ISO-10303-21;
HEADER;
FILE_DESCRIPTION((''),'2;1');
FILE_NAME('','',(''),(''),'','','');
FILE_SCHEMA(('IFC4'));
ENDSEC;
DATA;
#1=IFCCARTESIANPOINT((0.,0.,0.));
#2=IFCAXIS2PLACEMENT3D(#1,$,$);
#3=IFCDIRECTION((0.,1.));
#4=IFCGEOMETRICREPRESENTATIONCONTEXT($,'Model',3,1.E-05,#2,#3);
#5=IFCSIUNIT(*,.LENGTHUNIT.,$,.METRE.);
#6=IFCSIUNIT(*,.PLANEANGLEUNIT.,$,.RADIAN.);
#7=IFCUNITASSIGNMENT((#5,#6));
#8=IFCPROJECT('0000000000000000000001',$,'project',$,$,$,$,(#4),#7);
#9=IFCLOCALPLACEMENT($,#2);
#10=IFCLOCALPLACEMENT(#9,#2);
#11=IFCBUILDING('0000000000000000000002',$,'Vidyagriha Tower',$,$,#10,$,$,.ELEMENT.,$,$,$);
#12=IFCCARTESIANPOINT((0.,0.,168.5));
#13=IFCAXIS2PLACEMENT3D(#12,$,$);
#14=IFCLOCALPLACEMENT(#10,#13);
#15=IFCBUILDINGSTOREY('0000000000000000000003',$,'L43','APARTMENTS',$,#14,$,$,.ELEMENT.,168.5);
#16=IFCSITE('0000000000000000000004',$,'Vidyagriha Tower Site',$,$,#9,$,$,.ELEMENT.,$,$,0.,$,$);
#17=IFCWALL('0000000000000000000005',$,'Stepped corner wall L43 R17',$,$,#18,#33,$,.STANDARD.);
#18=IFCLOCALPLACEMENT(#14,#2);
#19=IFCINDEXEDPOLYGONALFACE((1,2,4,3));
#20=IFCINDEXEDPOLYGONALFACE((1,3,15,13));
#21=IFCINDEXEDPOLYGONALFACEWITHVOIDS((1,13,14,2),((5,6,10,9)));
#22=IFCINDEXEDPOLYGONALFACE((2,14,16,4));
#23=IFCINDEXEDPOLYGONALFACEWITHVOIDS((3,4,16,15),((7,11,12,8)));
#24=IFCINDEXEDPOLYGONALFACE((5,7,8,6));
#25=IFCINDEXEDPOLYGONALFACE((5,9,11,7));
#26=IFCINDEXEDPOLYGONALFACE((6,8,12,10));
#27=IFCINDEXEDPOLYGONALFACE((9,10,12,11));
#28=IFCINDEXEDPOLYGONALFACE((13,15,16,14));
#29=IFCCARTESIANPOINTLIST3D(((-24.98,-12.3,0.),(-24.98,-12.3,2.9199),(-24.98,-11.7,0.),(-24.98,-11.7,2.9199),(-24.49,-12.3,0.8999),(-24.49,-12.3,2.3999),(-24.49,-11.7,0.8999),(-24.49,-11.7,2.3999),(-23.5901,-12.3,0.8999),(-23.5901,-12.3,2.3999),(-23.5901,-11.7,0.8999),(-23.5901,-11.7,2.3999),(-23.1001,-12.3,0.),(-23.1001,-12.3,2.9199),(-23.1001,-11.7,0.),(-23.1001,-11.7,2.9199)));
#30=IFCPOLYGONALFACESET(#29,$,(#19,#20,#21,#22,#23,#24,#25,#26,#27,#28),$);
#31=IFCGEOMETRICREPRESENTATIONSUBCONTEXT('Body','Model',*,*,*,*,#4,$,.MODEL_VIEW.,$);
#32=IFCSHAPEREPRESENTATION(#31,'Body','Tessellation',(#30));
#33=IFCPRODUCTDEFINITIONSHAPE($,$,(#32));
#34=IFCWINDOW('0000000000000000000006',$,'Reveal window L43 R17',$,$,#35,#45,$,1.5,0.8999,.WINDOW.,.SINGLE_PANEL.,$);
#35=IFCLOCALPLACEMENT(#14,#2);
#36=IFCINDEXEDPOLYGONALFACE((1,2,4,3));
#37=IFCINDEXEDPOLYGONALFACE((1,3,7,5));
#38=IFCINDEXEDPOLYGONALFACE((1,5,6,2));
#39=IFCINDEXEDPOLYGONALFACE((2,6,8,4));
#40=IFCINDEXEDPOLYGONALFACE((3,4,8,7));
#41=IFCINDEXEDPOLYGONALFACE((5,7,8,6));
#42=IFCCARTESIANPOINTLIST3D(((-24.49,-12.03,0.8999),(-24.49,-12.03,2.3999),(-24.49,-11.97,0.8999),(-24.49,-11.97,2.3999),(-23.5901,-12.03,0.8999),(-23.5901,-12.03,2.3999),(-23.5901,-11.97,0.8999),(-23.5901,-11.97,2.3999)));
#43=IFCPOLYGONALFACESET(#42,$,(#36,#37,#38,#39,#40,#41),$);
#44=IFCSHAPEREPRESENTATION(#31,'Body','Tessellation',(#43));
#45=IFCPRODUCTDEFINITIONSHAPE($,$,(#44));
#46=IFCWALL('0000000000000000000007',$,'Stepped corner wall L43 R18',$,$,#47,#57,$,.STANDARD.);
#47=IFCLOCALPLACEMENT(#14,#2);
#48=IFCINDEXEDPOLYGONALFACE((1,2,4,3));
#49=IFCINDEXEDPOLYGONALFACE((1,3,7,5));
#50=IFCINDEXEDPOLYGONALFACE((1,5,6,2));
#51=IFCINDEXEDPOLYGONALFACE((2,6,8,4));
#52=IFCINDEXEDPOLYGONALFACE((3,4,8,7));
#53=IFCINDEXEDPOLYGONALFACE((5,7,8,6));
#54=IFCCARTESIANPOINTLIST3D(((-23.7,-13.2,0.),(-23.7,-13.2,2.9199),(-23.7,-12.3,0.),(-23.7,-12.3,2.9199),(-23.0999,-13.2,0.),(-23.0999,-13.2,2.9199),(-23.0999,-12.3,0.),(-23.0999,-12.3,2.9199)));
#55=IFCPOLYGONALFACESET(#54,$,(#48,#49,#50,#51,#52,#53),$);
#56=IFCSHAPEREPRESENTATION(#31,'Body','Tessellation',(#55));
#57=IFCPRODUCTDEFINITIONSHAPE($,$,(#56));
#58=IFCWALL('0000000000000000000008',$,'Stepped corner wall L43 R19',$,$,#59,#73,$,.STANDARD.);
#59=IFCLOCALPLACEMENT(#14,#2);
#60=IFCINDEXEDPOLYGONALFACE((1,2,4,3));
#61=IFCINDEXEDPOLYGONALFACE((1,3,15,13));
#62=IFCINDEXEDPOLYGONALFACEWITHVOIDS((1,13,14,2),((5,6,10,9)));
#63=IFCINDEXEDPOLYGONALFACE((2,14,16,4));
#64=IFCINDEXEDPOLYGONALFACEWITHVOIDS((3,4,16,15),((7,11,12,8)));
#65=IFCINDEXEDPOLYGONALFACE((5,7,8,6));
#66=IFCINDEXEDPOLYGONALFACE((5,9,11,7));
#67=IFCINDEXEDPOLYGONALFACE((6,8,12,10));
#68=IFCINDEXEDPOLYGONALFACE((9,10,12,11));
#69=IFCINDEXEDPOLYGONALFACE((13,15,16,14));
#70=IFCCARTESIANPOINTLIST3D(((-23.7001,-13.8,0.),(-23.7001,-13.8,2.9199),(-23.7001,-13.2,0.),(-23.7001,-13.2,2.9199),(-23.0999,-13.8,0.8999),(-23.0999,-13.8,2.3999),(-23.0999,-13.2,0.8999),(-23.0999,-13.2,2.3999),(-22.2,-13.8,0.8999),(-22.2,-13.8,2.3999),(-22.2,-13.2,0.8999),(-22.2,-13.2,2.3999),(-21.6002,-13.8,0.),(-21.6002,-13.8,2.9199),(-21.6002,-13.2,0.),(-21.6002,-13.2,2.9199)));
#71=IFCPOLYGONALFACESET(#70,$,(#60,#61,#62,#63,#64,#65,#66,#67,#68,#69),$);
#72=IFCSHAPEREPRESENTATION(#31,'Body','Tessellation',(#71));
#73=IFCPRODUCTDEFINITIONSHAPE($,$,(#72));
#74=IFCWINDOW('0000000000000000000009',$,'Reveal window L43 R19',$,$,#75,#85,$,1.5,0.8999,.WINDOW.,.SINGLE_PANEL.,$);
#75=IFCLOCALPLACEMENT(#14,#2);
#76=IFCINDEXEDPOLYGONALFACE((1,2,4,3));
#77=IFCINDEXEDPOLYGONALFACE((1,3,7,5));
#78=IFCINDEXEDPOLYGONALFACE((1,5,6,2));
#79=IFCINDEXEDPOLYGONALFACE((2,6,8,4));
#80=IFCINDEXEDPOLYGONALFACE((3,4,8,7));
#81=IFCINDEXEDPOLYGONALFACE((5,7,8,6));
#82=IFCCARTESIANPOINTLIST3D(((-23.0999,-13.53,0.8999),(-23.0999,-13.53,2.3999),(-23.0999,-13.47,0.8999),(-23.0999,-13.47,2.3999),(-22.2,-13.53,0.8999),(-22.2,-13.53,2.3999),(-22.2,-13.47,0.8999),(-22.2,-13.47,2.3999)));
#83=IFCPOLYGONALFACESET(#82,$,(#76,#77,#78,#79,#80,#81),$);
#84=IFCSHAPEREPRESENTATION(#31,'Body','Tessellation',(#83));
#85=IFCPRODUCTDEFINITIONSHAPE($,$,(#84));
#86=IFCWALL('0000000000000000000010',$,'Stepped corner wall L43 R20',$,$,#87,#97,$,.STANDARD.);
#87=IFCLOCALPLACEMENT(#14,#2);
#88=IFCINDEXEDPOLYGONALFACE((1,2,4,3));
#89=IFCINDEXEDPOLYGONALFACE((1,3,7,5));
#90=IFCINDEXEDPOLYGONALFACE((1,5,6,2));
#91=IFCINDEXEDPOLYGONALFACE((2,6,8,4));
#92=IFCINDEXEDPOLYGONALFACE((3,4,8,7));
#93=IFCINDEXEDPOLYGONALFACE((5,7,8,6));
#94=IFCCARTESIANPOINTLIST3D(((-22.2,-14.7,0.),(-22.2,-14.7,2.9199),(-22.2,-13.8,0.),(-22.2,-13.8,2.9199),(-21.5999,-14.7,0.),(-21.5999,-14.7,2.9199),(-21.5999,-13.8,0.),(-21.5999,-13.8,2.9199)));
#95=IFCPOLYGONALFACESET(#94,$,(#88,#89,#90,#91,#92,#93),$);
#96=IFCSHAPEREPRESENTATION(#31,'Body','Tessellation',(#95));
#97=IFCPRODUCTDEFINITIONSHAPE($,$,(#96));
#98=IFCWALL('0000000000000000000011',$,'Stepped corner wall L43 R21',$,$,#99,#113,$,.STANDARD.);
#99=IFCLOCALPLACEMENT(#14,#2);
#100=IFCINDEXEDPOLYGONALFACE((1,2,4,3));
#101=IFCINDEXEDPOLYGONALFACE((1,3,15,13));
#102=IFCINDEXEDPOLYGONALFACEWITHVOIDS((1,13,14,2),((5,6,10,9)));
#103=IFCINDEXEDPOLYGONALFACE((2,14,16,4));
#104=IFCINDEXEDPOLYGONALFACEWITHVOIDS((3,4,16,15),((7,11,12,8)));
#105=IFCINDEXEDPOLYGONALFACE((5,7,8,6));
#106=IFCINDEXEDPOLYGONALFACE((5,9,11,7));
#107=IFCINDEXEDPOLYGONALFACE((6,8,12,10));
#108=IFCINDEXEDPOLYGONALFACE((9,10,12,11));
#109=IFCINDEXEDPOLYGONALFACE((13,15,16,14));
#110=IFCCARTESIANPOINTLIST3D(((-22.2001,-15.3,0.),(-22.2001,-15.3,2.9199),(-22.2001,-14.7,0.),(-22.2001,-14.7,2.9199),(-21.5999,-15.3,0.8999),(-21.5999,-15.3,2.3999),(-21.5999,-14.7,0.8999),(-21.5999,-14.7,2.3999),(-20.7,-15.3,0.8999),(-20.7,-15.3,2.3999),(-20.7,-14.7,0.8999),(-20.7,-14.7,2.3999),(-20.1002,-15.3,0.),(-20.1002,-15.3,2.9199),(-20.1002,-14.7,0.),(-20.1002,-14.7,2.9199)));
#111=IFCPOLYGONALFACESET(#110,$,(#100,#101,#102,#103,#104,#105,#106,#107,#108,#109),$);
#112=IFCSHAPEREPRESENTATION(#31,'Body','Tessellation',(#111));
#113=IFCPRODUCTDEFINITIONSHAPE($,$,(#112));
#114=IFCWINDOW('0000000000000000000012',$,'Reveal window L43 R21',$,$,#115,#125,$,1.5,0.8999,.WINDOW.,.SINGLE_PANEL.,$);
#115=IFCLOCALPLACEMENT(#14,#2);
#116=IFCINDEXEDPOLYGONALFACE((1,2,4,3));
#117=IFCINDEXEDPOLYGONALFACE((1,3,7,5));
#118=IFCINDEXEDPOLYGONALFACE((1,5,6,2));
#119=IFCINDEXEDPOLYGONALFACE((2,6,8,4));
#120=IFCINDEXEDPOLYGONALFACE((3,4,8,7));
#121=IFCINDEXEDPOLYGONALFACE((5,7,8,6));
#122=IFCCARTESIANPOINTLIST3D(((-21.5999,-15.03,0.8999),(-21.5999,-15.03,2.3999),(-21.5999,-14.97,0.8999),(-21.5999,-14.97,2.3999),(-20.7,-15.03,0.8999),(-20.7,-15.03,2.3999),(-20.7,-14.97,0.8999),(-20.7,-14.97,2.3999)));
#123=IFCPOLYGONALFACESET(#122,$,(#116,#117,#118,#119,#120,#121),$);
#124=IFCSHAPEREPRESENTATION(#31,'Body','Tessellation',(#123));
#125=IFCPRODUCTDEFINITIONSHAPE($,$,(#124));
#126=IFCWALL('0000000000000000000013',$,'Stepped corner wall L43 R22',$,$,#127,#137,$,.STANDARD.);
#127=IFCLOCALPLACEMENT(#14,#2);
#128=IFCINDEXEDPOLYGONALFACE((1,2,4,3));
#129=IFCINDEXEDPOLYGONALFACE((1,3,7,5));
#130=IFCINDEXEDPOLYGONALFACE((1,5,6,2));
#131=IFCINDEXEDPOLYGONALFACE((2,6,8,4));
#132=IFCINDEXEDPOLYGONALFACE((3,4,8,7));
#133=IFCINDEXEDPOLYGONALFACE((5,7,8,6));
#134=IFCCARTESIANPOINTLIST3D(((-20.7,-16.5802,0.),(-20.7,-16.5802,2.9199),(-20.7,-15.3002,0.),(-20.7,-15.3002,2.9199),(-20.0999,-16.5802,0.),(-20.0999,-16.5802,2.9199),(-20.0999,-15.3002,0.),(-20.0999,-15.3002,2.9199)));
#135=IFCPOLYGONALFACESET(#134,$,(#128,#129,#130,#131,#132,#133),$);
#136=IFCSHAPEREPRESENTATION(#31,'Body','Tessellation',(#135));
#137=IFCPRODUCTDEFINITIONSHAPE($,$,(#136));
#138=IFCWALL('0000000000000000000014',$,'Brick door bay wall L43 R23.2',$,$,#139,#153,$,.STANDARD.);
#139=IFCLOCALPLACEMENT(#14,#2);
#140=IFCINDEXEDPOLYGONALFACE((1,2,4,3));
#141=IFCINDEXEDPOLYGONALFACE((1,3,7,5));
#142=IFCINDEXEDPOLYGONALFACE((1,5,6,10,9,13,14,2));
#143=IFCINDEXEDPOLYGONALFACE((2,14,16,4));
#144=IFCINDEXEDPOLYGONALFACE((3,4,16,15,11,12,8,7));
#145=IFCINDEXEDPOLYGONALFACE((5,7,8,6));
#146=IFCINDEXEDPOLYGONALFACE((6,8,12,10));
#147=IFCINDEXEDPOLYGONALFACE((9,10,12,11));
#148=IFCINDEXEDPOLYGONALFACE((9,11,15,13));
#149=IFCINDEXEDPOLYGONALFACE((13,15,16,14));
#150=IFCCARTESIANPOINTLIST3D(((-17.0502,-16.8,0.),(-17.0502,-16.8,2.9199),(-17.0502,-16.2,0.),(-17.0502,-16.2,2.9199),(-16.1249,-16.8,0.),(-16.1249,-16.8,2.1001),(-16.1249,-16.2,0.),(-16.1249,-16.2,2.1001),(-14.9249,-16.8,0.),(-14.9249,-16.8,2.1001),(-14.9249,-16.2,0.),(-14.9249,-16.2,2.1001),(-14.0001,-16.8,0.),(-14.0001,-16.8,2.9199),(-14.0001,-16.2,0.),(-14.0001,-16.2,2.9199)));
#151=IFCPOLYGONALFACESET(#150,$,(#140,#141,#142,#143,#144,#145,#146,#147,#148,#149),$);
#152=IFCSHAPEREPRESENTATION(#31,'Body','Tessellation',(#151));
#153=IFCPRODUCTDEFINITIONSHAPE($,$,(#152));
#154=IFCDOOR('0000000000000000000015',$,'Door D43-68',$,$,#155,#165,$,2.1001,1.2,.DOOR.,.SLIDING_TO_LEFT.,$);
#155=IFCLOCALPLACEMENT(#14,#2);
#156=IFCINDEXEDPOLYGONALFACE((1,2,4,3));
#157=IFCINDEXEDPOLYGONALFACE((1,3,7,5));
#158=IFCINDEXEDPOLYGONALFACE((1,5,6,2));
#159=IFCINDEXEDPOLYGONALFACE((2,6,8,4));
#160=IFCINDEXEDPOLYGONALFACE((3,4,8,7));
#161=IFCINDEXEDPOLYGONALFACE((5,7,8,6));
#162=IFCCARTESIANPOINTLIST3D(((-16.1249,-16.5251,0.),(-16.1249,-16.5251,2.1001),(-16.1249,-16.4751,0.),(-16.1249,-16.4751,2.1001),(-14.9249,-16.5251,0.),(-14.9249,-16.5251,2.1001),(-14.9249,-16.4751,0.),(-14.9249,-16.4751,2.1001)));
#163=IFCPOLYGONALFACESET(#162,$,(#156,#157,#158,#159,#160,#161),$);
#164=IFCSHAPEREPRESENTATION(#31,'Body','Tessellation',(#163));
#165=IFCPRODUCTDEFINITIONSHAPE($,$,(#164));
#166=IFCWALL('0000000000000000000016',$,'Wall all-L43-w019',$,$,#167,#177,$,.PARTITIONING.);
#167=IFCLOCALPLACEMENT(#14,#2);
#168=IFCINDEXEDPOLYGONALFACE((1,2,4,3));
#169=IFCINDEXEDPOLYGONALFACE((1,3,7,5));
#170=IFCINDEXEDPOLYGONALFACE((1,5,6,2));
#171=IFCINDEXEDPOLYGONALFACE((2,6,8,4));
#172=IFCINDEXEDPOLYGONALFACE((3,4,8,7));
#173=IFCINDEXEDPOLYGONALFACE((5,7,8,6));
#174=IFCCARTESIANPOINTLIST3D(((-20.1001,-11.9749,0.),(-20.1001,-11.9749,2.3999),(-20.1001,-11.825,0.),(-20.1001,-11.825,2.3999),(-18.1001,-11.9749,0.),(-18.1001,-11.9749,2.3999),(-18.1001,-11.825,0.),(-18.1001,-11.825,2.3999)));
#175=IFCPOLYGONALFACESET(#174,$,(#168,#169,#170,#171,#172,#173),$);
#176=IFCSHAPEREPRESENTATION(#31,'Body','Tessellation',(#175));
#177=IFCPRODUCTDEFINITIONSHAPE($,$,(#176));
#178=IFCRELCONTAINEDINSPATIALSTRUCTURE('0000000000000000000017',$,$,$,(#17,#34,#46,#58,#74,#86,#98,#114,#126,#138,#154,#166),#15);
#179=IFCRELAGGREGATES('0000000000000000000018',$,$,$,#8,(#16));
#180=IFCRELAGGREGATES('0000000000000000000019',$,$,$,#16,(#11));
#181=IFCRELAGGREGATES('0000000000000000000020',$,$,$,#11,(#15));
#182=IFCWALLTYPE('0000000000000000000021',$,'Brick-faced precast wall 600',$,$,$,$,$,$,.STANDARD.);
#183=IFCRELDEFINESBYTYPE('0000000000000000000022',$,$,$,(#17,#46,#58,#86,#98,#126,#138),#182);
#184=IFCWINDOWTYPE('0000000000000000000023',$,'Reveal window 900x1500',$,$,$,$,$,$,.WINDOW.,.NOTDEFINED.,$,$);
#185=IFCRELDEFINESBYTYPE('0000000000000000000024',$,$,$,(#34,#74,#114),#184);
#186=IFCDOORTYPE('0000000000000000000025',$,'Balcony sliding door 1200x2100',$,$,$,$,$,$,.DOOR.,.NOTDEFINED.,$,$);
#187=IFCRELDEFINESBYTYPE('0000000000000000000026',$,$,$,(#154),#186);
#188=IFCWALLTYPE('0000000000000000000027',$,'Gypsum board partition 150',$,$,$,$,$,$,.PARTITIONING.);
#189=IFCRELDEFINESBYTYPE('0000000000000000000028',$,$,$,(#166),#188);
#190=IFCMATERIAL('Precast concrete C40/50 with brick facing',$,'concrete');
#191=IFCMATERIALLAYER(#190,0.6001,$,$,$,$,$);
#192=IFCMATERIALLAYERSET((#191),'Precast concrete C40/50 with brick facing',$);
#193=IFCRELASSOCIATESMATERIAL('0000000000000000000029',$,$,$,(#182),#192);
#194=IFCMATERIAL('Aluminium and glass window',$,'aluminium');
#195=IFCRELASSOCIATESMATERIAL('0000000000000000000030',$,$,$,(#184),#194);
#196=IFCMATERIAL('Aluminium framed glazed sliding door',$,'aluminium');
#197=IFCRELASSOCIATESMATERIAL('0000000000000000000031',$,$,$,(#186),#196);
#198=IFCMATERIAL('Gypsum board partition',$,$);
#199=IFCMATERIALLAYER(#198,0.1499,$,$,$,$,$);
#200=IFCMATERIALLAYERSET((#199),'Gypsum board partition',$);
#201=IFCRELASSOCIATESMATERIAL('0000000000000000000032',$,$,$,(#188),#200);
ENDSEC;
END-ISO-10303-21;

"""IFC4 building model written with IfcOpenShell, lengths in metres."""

from ifc_helpers import new_model, si_unit, direction, frame, frame_2d, origin, place, context, subcontext, project, spatial, rectangle, extrude, material, layer, layer_set, type_object, element, fill, save


model = new_model("IFC4")

# Units and contexts
model_context = context("Model", 3, precision=1e-05, world=origin(), true_north=direction((0.0, 1.0)))
body_context = subcontext(model_context, "Body", "Model", "MODEL_VIEW")
ifc_project = project(units=[si_unit("LENGTHUNIT", "METRE"), si_unit("PLANEANGLEUNIT", "RADIAN")], contexts=[model_context])

# Site, building, storey
site_placement = place(None, origin())
site = spatial("IfcSite", under=ifc_project, at=site_placement, Name="Vidyagriha Tower Site", CompositionType="ELEMENT", RefElevation=0.0)
building_placement = place(site_placement, origin())
building = spatial("IfcBuilding", under=site, at=building_placement, Name="Vidyagriha Tower", CompositionType="ELEMENT")
storey_placement = place(building_placement, frame((0.0, 0.0, 168.5)))
storey = spatial("IfcBuildingStorey", under=building, at=storey_placement, Name="L43", Description="APARTMENTS", CompositionType="ELEMENT", Elevation=168.5)

# Wall, opening, window
ifc_material_1 = material(Name="Precast concrete C40/50 with brick facing", Category="concrete")
ifc_layer_1 = layer(ifc_material_1, 0.6001)
ifc_layer_set_1 = layer_set([ifc_layer_1], Name="Precast concrete C40/50 with brick facing")
wall_type_1 = type_object("IfcWallType", Name="Brick-faced precast wall 600", PredefinedType="STANDARD", material=ifc_layer_set_1)
wall_1_placement = place(storey_placement, frame((-24.98, -12.0, 0.0)))
wall_1 = element("IfcWall", 1, at=wall_1_placement, inside=storey, type_object=wall_type_1, Name="Stepped corner wall L43 R17", PredefinedType="STANDARD", context=body_context, shape_type="SweptSolid", body=[
    extrude(rectangle(XDim=1.8799, YDim=0.6001, at=frame_2d((0.9399, 0.0))), origin(), (0.0, 0.0, 1.0), 2.9199),
])
opening_1_placement = place(wall_1_placement, frame((0.49, 0.0, 0.8999)))
opening_1 = element("IfcOpeningElement", 2, at=opening_1_placement, cuts=wall_1, PredefinedType="OPENING", context=body_context, shape_type="SweptSolid", body=[
    extrude(rectangle(XDim=0.8999, YDim=1.5, at=frame_2d((0.45, 0.75))), frame((0.0, 0.3101, 0.0), z_axis=(0.0, -1.0, 0.0), x_axis=(1.0, 0.0, 0.0)), (0.0, 0.0, 1.0), 0.6201),
])
ifc_material_2 = material(Name="Aluminium and glass window", Category="aluminium")
window_type = type_object("IfcWindowType", Name="Reveal window 900x1500", PartitioningType="NOTDEFINED", PredefinedType="WINDOW", material=ifc_material_2)
window_1_placement = place(opening_1_placement, origin())
window_1 = element("IfcWindow", 3, at=window_1_placement, inside=storey, type_object=window_type, Name="Reveal window L43 R17", OverallHeight=1.5, OverallWidth=0.8999, PartitioningType="SINGLE_PANEL", PredefinedType="WINDOW", context=body_context, shape_type="SweptSolid", body=[
    extrude(rectangle(XDim=0.8999, YDim=1.5, at=frame_2d((0.45, 0.75))), frame((0.0, 0.03, 0.0), z_axis=(0.0, -1.0, 0.0), x_axis=(1.0, 0.0, 0.0)), (0.0, 0.0, 1.0), 0.0601),
])
fill(opening_1, window_1)

# Wall
wall_2_placement = place(storey_placement, frame((-23.3999, -12.3, 0.0), z_axis=(0.0, 0.0, 1.0), x_axis=(0.0, -1.0, 0.0)))
element("IfcWall", 4, at=wall_2_placement, inside=storey, type_object=wall_type_1, Name="Stepped corner wall L43 R18", PredefinedType="STANDARD", context=body_context, shape_type="SweptSolid", body=[
    extrude(rectangle(XDim=0.8999, YDim=0.6001, at=frame_2d((0.45, 0.0))), origin(), (0.0, 0.0, 1.0), 2.9199),
])

# Wall, opening, window
wall_3_placement = place(storey_placement, frame((-23.7, -13.5, 0.0)))
wall_3 = element("IfcWall", 5, at=wall_3_placement, inside=storey, type_object=wall_type_1, Name="Stepped corner wall L43 R19", PredefinedType="STANDARD", context=body_context, shape_type="SweptSolid", body=[
    extrude(rectangle(XDim=2.0999, YDim=0.6001, at=frame_2d((1.0498, 0.0))), origin(), (0.0, 0.0, 1.0), 2.9199),
])
opening_2_placement = place(wall_3_placement, frame((0.6001, 0.0, 0.8999)))
opening_2 = element("IfcOpeningElement", 6, at=opening_2_placement, cuts=wall_3, PredefinedType="OPENING", context=body_context, shape_type="SweptSolid", body=[
    extrude(rectangle(XDim=0.8999, YDim=1.5, at=frame_2d((0.45, 0.75))), frame((0.0, 0.3101, 0.0), z_axis=(0.0, -1.0, 0.0), x_axis=(1.0, 0.0, 0.0)), (0.0, 0.0, 1.0), 0.6201),
])
window_2_placement = place(opening_2_placement, origin())
window_2 = element("IfcWindow", 7, at=window_2_placement, inside=storey, type_object=window_type, Name="Reveal window L43 R19", OverallHeight=1.5, OverallWidth=0.8999, PartitioningType="SINGLE_PANEL", PredefinedType="WINDOW", context=body_context, shape_type="SweptSolid", body=[
    extrude(rectangle(XDim=0.8999, YDim=1.5, at=frame_2d((0.45, 0.75))), frame((0.0, 0.03, 0.0), z_axis=(0.0, -1.0, 0.0), x_axis=(1.0, 0.0, 0.0)), (0.0, 0.0, 1.0), 0.0601),
])
fill(opening_2, window_2)

# Wall
wall_4_placement = place(storey_placement, frame((-21.8999, -13.8, 0.0), z_axis=(0.0, 0.0, 1.0), x_axis=(0.0, -1.0, 0.0)))
element("IfcWall", 8, at=wall_4_placement, inside=storey, type_object=wall_type_1, Name="Stepped corner wall L43 R20", PredefinedType="STANDARD", context=body_context, shape_type="SweptSolid", body=[
    extrude(rectangle(XDim=0.8999, YDim=0.6001, at=frame_2d((0.45, 0.0))), origin(), (0.0, 0.0, 1.0), 2.9199),
])

# Wall, opening, window
wall_5_placement = place(storey_placement, frame((-22.2, -15.0, 0.0)))
wall_5 = element("IfcWall", 9, at=wall_5_placement, inside=storey, type_object=wall_type_1, Name="Stepped corner wall L43 R21", PredefinedType="STANDARD", context=body_context, shape_type="SweptSolid", body=[
    extrude(rectangle(XDim=2.0999, YDim=0.6001, at=frame_2d((1.0498, 0.0))), origin(), (0.0, 0.0, 1.0), 2.9199),
])
opening_3_placement = place(wall_5_placement, frame((0.6001, 0.0, 0.8999)))
opening_3 = element("IfcOpeningElement", 10, at=opening_3_placement, cuts=wall_5, PredefinedType="OPENING", context=body_context, shape_type="SweptSolid", body=[
    extrude(rectangle(XDim=0.8999, YDim=1.5, at=frame_2d((0.45, 0.75))), frame((0.0, 0.3101, 0.0), z_axis=(0.0, -1.0, 0.0), x_axis=(1.0, 0.0, 0.0)), (0.0, 0.0, 1.0), 0.6201),
])
window_3_placement = place(opening_3_placement, origin())
window_3 = element("IfcWindow", 11, at=window_3_placement, inside=storey, type_object=window_type, Name="Reveal window L43 R21", OverallHeight=1.5, OverallWidth=0.8999, PartitioningType="SINGLE_PANEL", PredefinedType="WINDOW", context=body_context, shape_type="SweptSolid", body=[
    extrude(rectangle(XDim=0.8999, YDim=1.5, at=frame_2d((0.45, 0.75))), frame((0.0, 0.03, 0.0), z_axis=(0.0, -1.0, 0.0), x_axis=(1.0, 0.0, 0.0)), (0.0, 0.0, 1.0), 0.0601),
])
fill(opening_3, window_3)

# Wall
wall_6_placement = place(storey_placement, frame((-20.3999, -15.3, 0.0), z_axis=(0.0, 0.0, 1.0), x_axis=(0.0, -1.0, 0.0)))
element("IfcWall", 12, at=wall_6_placement, inside=storey, type_object=wall_type_1, Name="Stepped corner wall L43 R22", PredefinedType="STANDARD", context=body_context, shape_type="SweptSolid", body=[
    extrude(rectangle(XDim=1.28, YDim=0.6001, at=frame_2d((0.6401, 0.0))), origin(), (0.0, 0.0, 1.0), 2.9199),
])

# Wall, opening, door
wall_7_placement = place(storey_placement, frame((-17.05, -16.5, 0.0)))
wall_7 = element("IfcWall", 13, at=wall_7_placement, inside=storey, type_object=wall_type_1, Name="Brick door bay wall L43 R23.2", PredefinedType="STANDARD", context=body_context, shape_type="SweptSolid", body=[
    extrude(rectangle(XDim=3.05, YDim=0.6001, at=frame_2d((1.5249, 0.0))), origin(), (0.0, 0.0, 1.0), 2.9199),
])
opening_4_placement = place(wall_7_placement, frame((0.925, 0.0, 0.0)))
opening_4 = element("IfcOpeningElement", 14, at=opening_4_placement, cuts=wall_7, PredefinedType="OPENING", context=body_context, shape_type="SweptSolid", body=[
    extrude(rectangle(XDim=1.2, YDim=2.1001, at=frame_2d((0.6001, 1.05))), frame((0.0, 0.3101, 0.0), z_axis=(0.0, -1.0, 0.0), x_axis=(1.0, 0.0, 0.0)), (0.0, 0.0, 1.0), 0.6201),
])
ifc_material_3 = material(Name="Aluminium framed glazed sliding door", Category="aluminium")
door_type = type_object("IfcDoorType", Name="Balcony sliding door 1200x2100", OperationType="NOTDEFINED", PredefinedType="DOOR", material=ifc_material_3)
door_placement = place(opening_4_placement, origin())
door = element("IfcDoor", 15, at=door_placement, inside=storey, type_object=door_type, Name="Door D43-68", OperationType="SLIDING_TO_LEFT", OverallHeight=2.1001, OverallWidth=1.2, PredefinedType="DOOR", context=body_context, shape_type="SweptSolid", body=[
    extrude(rectangle(XDim=1.2, YDim=2.1001, at=frame_2d((0.6001, 1.05))), frame((0.0, 0.0249, 0.0), z_axis=(0.0, -1.0, 0.0), x_axis=(1.0, 0.0, 0.0)), (0.0, 0.0, 1.0), 0.05),
])
fill(opening_4, door)

# Wall
ifc_material_4 = material(Name="Gypsum board partition")
ifc_layer_2 = layer(ifc_material_4, 0.1499)
ifc_layer_set_2 = layer_set([ifc_layer_2], Name="Gypsum board partition")
wall_type_2 = type_object("IfcWallType", Name="Gypsum board partition 150", PredefinedType="PARTITIONING", material=ifc_layer_set_2)
wall_8_placement = place(storey_placement, frame((-18.1001, -11.8999, 0.0), z_axis=(0.0, 0.0, 1.0), x_axis=(-1.0, 0.0, 0.0)))
element("IfcWall", 16, at=wall_8_placement, inside=storey, type_object=wall_type_2, Name="Wall all-L43-w019", PredefinedType="PARTITIONING", context=body_context, shape_type="SweptSolid", body=[
    extrude(rectangle(XDim=2.0, YDim=0.1499, at=frame_2d((1.0, 0.0))), origin(), (0.0, 0.0, 1.0), 2.3999),
])

save(model, "model.ifc")
